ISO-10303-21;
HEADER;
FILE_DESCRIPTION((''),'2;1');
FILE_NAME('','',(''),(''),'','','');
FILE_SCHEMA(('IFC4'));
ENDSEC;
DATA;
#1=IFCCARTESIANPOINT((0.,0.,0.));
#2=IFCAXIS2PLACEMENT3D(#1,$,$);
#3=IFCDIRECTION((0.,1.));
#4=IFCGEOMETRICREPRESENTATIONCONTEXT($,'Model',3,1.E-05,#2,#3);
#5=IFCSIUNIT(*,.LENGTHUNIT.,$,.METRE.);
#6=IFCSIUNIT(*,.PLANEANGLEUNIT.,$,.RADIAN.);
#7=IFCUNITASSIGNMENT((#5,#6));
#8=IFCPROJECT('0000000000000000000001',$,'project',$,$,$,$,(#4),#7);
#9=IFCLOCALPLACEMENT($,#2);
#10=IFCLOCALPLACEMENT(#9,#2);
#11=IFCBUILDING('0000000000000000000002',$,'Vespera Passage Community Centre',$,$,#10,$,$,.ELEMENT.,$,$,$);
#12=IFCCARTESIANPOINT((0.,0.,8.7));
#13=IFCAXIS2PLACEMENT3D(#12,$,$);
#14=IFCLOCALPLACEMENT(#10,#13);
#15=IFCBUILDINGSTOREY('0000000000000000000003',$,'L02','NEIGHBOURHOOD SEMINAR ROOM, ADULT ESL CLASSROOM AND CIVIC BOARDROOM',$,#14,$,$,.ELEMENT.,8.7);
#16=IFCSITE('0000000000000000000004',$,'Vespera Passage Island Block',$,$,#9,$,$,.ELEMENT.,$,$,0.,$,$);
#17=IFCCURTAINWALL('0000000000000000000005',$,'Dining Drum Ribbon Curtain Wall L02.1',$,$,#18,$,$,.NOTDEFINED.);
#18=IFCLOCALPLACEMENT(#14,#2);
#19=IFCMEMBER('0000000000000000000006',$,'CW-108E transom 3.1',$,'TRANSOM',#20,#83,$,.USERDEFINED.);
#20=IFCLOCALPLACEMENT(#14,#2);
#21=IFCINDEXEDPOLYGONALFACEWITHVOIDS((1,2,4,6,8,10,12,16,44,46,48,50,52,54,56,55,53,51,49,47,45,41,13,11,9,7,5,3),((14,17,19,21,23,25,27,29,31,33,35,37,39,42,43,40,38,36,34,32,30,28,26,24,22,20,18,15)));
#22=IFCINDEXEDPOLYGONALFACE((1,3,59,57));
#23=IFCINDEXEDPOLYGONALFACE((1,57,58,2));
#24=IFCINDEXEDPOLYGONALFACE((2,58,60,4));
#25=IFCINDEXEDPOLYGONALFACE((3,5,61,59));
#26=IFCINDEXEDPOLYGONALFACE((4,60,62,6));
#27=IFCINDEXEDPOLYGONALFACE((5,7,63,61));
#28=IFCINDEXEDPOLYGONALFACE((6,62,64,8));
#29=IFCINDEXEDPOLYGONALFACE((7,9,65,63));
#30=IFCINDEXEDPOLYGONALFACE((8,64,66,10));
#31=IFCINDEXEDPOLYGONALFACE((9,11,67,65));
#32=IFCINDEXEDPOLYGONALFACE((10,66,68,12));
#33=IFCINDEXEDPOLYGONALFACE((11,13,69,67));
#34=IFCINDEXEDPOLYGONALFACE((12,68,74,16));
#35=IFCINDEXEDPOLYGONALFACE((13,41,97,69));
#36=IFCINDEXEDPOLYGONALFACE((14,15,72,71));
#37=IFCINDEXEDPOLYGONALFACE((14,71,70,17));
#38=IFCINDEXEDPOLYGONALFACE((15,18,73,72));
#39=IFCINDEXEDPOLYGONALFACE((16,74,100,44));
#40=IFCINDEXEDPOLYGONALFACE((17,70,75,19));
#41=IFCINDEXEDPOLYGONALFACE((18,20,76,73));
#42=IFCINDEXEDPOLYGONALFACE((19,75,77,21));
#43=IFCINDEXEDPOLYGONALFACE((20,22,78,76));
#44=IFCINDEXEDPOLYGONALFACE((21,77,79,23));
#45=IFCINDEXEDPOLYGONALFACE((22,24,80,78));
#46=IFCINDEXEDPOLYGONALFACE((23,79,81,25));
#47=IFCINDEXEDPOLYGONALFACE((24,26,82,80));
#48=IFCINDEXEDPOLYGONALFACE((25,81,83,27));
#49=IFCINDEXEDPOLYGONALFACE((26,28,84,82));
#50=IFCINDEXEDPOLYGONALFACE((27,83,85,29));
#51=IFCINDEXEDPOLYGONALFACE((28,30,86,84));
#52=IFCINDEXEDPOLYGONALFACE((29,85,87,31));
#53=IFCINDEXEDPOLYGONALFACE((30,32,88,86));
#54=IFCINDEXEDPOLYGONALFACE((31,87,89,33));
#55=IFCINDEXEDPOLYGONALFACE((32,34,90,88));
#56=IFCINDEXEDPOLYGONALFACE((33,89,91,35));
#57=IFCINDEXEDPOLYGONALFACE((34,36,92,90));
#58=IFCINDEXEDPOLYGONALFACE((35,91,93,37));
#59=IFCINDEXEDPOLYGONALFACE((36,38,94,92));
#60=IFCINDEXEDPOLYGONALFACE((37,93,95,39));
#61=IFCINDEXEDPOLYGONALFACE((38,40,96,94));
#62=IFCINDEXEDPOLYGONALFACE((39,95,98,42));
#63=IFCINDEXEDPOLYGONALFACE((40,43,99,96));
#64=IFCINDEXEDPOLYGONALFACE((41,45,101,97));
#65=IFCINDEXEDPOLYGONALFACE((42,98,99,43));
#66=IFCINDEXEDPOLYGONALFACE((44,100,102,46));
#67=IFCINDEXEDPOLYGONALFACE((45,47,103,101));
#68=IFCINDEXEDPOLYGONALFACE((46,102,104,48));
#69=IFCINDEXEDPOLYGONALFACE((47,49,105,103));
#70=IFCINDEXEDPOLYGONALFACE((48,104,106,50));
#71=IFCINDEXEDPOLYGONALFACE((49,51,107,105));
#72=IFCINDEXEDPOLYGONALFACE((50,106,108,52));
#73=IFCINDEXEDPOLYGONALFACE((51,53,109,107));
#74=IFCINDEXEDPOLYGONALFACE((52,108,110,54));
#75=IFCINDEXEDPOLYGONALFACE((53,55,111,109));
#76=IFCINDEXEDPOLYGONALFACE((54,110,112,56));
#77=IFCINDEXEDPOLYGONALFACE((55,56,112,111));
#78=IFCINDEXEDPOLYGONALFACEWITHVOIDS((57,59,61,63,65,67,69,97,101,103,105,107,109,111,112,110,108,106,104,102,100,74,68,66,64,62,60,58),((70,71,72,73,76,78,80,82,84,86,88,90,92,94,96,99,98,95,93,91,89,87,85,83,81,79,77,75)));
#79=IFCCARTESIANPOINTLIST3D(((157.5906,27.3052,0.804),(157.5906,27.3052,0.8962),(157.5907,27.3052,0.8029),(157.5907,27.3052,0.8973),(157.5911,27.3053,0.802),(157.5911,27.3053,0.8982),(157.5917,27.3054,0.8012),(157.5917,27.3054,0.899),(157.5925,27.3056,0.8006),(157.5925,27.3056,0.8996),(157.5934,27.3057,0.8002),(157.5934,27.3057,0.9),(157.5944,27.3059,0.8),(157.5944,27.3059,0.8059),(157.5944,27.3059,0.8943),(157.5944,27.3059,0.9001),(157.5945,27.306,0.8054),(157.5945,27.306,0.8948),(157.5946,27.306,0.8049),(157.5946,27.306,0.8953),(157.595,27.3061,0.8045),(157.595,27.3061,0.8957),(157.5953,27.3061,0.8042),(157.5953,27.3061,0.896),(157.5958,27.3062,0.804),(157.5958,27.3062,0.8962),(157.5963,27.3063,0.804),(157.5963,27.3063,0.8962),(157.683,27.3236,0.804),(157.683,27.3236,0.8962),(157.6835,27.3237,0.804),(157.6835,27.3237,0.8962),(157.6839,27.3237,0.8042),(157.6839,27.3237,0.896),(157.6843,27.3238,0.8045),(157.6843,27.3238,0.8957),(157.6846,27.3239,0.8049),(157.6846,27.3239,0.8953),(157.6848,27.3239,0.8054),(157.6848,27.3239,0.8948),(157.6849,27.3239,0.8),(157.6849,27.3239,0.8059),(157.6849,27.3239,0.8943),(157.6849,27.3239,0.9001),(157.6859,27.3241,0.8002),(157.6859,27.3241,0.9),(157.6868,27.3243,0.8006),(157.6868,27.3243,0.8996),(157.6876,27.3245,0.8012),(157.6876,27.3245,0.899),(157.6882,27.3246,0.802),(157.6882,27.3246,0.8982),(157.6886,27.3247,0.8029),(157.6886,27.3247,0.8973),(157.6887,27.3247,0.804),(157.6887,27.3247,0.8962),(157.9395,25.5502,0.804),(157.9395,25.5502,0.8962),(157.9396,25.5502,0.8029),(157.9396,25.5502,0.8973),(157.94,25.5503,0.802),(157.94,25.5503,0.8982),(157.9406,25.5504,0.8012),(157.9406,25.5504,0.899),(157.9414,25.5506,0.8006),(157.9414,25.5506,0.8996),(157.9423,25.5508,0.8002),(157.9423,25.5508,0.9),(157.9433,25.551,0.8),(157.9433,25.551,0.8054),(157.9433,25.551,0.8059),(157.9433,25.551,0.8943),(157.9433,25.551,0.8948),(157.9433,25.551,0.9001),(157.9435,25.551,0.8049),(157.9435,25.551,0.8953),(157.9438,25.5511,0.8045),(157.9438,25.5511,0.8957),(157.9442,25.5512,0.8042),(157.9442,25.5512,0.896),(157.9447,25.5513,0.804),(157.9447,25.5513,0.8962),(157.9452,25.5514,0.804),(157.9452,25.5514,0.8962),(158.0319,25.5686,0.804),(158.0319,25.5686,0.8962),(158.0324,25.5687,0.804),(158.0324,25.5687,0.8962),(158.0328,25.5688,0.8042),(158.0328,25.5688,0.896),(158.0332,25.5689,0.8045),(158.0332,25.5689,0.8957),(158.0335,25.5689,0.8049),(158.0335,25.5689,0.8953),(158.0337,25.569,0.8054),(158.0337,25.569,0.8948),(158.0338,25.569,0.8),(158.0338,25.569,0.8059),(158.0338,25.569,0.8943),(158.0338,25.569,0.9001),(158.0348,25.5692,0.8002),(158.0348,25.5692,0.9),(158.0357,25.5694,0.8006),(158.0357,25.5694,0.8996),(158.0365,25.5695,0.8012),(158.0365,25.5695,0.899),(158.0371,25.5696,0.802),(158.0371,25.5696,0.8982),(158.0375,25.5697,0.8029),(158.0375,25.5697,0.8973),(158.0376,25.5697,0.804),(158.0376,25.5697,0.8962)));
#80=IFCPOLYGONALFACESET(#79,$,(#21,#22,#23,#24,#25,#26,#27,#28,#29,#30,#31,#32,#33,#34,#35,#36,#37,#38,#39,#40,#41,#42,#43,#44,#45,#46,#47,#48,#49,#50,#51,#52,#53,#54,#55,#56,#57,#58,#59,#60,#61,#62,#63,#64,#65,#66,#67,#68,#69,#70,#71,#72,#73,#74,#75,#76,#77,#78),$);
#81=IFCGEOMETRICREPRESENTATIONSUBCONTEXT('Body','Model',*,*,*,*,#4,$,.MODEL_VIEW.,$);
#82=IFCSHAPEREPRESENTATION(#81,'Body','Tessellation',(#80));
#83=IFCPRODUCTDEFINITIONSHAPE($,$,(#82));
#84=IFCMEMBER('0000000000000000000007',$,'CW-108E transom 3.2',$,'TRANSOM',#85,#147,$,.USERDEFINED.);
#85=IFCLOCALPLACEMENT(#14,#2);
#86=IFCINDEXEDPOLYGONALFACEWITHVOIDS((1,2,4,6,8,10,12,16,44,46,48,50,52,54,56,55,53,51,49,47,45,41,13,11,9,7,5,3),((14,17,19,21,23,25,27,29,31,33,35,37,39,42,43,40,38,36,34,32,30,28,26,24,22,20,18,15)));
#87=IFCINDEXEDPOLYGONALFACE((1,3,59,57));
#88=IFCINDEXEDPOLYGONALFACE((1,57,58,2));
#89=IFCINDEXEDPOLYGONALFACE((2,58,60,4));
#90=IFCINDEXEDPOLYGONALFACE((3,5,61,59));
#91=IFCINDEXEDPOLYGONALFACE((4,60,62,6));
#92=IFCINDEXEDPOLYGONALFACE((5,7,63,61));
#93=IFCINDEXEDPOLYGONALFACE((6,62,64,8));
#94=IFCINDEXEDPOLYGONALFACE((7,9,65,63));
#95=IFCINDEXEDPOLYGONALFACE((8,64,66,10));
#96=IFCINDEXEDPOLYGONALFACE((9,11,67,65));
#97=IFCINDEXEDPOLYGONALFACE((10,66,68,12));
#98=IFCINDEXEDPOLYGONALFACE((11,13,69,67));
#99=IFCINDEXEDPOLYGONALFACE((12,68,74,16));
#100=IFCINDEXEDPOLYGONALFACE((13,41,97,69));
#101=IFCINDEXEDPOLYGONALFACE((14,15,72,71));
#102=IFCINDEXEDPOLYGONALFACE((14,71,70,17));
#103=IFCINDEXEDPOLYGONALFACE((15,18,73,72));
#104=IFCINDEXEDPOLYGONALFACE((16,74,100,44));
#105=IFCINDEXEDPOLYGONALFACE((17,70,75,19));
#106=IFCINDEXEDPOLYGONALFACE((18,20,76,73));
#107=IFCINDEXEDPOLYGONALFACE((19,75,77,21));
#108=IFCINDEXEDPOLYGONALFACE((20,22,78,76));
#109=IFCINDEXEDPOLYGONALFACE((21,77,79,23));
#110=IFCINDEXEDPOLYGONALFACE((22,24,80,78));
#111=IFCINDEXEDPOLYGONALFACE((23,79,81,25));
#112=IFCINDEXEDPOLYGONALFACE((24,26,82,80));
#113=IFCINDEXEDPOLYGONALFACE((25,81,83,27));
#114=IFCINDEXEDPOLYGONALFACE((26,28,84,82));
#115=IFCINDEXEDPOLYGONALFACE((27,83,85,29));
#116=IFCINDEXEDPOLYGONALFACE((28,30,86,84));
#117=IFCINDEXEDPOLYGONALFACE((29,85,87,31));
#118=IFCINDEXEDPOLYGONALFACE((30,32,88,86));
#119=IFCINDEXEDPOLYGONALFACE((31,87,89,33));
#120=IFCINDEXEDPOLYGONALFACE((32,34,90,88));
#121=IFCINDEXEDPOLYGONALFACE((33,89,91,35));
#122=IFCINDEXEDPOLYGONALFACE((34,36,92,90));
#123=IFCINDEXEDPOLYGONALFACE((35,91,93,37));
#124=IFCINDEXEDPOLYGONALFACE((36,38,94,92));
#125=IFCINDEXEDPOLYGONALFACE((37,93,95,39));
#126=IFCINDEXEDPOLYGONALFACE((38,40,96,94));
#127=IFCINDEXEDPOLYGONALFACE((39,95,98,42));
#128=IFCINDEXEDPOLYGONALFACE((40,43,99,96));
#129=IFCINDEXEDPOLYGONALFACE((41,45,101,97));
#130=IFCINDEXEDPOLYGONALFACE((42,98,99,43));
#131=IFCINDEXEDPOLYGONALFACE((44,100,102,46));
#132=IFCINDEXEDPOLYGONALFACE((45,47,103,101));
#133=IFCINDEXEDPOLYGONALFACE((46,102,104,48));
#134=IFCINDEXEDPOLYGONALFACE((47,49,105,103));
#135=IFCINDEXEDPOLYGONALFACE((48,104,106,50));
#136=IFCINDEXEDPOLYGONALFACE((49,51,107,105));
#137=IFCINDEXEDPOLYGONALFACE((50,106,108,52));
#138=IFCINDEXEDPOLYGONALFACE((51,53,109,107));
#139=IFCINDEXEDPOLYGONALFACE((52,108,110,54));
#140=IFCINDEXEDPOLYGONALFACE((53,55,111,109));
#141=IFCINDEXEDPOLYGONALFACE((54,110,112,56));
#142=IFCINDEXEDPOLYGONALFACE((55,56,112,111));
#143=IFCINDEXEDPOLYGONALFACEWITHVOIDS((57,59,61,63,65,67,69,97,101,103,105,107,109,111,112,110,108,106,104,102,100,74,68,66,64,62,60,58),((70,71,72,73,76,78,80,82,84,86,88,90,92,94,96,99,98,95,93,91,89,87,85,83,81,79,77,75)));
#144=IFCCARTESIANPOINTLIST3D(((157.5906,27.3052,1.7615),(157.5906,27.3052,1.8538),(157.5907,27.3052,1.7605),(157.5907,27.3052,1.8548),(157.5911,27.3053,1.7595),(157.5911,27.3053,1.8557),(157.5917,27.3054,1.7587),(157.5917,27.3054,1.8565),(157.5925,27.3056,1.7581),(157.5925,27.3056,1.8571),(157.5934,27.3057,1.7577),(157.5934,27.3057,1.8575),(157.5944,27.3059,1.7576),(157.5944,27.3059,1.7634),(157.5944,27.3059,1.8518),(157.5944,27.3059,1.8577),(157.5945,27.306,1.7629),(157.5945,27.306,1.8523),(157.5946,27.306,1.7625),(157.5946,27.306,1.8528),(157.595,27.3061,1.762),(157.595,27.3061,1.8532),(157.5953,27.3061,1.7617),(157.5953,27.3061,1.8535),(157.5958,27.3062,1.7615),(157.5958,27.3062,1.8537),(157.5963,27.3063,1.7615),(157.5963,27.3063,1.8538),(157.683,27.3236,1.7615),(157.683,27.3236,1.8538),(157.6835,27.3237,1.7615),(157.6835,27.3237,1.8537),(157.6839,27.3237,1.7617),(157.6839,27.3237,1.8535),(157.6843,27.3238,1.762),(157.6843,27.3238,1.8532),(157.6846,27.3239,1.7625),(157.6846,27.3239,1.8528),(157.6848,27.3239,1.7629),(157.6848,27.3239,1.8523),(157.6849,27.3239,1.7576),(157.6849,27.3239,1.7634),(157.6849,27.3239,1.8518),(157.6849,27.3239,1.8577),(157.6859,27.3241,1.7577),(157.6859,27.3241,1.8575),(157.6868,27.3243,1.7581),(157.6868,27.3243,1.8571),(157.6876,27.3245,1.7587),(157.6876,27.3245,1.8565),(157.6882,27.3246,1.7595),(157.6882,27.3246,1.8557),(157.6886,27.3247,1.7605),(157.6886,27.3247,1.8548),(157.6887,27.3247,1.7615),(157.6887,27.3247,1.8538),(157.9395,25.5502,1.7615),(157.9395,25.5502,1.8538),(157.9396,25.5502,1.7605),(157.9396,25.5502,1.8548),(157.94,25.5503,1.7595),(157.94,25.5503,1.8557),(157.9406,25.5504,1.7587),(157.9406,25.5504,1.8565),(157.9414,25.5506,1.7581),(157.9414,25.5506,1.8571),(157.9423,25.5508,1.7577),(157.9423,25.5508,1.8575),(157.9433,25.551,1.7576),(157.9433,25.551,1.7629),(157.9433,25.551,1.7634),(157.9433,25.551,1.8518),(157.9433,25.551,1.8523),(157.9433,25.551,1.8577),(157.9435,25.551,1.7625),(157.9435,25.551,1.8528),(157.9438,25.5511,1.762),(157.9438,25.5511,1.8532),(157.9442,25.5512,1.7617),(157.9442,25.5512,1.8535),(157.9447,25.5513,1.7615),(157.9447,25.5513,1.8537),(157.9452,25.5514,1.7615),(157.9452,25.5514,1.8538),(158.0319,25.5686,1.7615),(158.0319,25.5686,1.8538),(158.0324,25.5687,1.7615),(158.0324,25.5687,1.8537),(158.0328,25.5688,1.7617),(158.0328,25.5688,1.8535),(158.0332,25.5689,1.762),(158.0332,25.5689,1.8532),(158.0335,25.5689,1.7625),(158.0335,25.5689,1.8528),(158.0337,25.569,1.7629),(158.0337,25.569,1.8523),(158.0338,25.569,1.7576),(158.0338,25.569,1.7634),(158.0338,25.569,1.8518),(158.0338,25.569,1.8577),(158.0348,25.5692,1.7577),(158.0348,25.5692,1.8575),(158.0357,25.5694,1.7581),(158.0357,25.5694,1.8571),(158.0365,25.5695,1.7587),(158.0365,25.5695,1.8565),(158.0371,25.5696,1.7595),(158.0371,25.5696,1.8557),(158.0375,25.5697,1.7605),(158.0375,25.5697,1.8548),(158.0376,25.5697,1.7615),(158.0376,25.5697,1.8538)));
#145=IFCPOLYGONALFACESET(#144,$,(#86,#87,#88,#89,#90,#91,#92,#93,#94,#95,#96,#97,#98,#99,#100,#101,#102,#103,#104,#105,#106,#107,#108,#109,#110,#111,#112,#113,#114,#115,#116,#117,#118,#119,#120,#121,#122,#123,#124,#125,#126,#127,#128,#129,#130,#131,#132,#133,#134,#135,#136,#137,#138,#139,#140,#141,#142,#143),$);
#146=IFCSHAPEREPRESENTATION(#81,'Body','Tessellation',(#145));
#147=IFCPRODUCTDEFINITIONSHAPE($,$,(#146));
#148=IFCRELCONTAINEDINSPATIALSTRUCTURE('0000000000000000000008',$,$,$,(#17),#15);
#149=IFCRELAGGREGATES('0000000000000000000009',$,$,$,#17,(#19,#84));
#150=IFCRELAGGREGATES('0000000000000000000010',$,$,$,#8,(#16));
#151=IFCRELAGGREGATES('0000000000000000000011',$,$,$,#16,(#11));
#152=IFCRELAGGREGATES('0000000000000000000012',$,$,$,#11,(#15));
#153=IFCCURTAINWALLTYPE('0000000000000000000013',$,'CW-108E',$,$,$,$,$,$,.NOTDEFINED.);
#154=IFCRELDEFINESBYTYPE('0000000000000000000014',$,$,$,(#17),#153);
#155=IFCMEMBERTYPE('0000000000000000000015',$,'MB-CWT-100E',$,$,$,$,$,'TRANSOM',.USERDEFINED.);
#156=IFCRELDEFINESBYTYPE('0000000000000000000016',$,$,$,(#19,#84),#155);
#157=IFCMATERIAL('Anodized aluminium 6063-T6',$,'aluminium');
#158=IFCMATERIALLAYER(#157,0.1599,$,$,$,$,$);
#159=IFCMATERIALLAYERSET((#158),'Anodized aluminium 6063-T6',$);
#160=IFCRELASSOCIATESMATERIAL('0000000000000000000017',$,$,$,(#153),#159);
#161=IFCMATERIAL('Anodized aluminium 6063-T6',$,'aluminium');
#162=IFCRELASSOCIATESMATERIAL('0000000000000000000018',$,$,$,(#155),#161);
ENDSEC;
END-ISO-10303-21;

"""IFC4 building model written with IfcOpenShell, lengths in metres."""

from ifc_helpers import new_model, si_unit, direction, frame, origin, origin_2d, place, context, subcontext, project, spatial, hollow_rectangle, extrude, material, layer, layer_set, material_profile, profile_set, type_object, element, aggregate, save


model = new_model("IFC4")

# Units and contexts
model_context = context("Model", 3, precision=1e-05, world=origin(), true_north=direction((0.0, 1.0)))
body_context = subcontext(model_context, "Body", "Model", "MODEL_VIEW")
ifc_project = project(units=[si_unit("LENGTHUNIT", "METRE"), si_unit("PLANEANGLEUNIT", "RADIAN")], contexts=[model_context])

# Site, building, storey
site_placement = place(None, origin())
site = spatial("IfcSite", under=ifc_project, at=site_placement, Name="Vespera Passage Island Block", CompositionType="ELEMENT", RefElevation=0.0)
building_placement = place(site_placement, origin())
building = spatial("IfcBuilding", under=site, at=building_placement, Name="Vespera Passage Community Centre", CompositionType="ELEMENT")
storey_placement = place(building_placement, frame((0.0, 0.0, 8.7)))
storey = spatial("IfcBuildingStorey", under=building, at=storey_placement, Name="L02", Description="NEIGHBOURHOOD SEMINAR ROOM, ADULT ESL CLASSROOM AND CIVIC BOARDROOM", CompositionType="ELEMENT", Elevation=8.7)

# Curtain wall
ifc_material_1 = material(Name="Anodized aluminium 6063-T6", Category="aluminium")
ifc_layer_1 = layer(ifc_material_1, 0.1599)
ifc_layer_set_1 = layer_set([ifc_layer_1], Name="Anodized aluminium 6063-T6")
curtain_wall_type = type_object("IfcCurtainWallType", Name="CW-108E", PredefinedType="NOTDEFINED", material=ifc_layer_set_1)
curtain_wall_1_placement = place(storey_placement, origin())
curtain_wall_1 = element("IfcCurtainWall", 1, at=curtain_wall_1_placement, inside=storey, type_object=curtain_wall_type, Name="Dining Drum Ribbon Curtain Wall L02.1", PredefinedType="NOTDEFINED")

# Members
ifc_material_2 = material(Name="Anodized aluminium 6063-T6", Category="aluminium")
ifc_material_profile_1 = material_profile(ifc_material_2, hollow_rectangle(XDim=0.1001, YDim=0.1001, WallThickness=0.0039, InnerFilletRadius=0.002, OuterFilletRadius=0.0039, at=origin_2d()), Name="ALU100X100X4")
ifc_profile_set_1 = profile_set([ifc_material_profile_1], Name="Anodized aluminium 6063-T6")
member_type_1 = type_object("IfcMemberType", Name="MB-CWT-100E", ElementType="TRANSOM", PredefinedType="USERDEFINED", material=ifc_profile_set_1)
member_1_placement = place(storey_placement, frame((157.6396, 27.3149, 0.8501), z_axis=(0.194988, -0.980806, 0.0), x_axis=(0.980806, 0.194988, 0.0)))
member_1 = element("IfcMember", 2, at=member_1_placement, type_object=member_type_1, Name="CW-108E transom 3.1", ObjectType="TRANSOM", PredefinedType="USERDEFINED", context=body_context, shape_type="SweptSolid", body=[
    extrude(hollow_rectangle(XDim=0.1001, YDim=0.1001, WallThickness=0.0039, InnerFilletRadius=0.002, OuterFilletRadius=0.0039, at=origin_2d()), origin(), (0.0, 0.0, 1.0), 1.7893),
])
member_2_placement = place(storey_placement, frame((157.6396, 27.3149, 1.8076), z_axis=(0.194988, -0.980806, 0.0), x_axis=(0.980806, 0.194988, 0.0)))
member_2 = element("IfcMember", 3, at=member_2_placement, type_object=member_type_1, Name="CW-108E transom 3.2", ObjectType="TRANSOM", PredefinedType="USERDEFINED", context=body_context, shape_type="SweptSolid", body=[
    extrude(hollow_rectangle(XDim=0.1001, YDim=0.1001, WallThickness=0.0039, InnerFilletRadius=0.002, OuterFilletRadius=0.0039, at=origin_2d()), origin(), (0.0, 0.0, 1.0), 1.7893),
])

aggregate(curtain_wall_1, [member_1, member_2])

save(model, "model.ifc")
